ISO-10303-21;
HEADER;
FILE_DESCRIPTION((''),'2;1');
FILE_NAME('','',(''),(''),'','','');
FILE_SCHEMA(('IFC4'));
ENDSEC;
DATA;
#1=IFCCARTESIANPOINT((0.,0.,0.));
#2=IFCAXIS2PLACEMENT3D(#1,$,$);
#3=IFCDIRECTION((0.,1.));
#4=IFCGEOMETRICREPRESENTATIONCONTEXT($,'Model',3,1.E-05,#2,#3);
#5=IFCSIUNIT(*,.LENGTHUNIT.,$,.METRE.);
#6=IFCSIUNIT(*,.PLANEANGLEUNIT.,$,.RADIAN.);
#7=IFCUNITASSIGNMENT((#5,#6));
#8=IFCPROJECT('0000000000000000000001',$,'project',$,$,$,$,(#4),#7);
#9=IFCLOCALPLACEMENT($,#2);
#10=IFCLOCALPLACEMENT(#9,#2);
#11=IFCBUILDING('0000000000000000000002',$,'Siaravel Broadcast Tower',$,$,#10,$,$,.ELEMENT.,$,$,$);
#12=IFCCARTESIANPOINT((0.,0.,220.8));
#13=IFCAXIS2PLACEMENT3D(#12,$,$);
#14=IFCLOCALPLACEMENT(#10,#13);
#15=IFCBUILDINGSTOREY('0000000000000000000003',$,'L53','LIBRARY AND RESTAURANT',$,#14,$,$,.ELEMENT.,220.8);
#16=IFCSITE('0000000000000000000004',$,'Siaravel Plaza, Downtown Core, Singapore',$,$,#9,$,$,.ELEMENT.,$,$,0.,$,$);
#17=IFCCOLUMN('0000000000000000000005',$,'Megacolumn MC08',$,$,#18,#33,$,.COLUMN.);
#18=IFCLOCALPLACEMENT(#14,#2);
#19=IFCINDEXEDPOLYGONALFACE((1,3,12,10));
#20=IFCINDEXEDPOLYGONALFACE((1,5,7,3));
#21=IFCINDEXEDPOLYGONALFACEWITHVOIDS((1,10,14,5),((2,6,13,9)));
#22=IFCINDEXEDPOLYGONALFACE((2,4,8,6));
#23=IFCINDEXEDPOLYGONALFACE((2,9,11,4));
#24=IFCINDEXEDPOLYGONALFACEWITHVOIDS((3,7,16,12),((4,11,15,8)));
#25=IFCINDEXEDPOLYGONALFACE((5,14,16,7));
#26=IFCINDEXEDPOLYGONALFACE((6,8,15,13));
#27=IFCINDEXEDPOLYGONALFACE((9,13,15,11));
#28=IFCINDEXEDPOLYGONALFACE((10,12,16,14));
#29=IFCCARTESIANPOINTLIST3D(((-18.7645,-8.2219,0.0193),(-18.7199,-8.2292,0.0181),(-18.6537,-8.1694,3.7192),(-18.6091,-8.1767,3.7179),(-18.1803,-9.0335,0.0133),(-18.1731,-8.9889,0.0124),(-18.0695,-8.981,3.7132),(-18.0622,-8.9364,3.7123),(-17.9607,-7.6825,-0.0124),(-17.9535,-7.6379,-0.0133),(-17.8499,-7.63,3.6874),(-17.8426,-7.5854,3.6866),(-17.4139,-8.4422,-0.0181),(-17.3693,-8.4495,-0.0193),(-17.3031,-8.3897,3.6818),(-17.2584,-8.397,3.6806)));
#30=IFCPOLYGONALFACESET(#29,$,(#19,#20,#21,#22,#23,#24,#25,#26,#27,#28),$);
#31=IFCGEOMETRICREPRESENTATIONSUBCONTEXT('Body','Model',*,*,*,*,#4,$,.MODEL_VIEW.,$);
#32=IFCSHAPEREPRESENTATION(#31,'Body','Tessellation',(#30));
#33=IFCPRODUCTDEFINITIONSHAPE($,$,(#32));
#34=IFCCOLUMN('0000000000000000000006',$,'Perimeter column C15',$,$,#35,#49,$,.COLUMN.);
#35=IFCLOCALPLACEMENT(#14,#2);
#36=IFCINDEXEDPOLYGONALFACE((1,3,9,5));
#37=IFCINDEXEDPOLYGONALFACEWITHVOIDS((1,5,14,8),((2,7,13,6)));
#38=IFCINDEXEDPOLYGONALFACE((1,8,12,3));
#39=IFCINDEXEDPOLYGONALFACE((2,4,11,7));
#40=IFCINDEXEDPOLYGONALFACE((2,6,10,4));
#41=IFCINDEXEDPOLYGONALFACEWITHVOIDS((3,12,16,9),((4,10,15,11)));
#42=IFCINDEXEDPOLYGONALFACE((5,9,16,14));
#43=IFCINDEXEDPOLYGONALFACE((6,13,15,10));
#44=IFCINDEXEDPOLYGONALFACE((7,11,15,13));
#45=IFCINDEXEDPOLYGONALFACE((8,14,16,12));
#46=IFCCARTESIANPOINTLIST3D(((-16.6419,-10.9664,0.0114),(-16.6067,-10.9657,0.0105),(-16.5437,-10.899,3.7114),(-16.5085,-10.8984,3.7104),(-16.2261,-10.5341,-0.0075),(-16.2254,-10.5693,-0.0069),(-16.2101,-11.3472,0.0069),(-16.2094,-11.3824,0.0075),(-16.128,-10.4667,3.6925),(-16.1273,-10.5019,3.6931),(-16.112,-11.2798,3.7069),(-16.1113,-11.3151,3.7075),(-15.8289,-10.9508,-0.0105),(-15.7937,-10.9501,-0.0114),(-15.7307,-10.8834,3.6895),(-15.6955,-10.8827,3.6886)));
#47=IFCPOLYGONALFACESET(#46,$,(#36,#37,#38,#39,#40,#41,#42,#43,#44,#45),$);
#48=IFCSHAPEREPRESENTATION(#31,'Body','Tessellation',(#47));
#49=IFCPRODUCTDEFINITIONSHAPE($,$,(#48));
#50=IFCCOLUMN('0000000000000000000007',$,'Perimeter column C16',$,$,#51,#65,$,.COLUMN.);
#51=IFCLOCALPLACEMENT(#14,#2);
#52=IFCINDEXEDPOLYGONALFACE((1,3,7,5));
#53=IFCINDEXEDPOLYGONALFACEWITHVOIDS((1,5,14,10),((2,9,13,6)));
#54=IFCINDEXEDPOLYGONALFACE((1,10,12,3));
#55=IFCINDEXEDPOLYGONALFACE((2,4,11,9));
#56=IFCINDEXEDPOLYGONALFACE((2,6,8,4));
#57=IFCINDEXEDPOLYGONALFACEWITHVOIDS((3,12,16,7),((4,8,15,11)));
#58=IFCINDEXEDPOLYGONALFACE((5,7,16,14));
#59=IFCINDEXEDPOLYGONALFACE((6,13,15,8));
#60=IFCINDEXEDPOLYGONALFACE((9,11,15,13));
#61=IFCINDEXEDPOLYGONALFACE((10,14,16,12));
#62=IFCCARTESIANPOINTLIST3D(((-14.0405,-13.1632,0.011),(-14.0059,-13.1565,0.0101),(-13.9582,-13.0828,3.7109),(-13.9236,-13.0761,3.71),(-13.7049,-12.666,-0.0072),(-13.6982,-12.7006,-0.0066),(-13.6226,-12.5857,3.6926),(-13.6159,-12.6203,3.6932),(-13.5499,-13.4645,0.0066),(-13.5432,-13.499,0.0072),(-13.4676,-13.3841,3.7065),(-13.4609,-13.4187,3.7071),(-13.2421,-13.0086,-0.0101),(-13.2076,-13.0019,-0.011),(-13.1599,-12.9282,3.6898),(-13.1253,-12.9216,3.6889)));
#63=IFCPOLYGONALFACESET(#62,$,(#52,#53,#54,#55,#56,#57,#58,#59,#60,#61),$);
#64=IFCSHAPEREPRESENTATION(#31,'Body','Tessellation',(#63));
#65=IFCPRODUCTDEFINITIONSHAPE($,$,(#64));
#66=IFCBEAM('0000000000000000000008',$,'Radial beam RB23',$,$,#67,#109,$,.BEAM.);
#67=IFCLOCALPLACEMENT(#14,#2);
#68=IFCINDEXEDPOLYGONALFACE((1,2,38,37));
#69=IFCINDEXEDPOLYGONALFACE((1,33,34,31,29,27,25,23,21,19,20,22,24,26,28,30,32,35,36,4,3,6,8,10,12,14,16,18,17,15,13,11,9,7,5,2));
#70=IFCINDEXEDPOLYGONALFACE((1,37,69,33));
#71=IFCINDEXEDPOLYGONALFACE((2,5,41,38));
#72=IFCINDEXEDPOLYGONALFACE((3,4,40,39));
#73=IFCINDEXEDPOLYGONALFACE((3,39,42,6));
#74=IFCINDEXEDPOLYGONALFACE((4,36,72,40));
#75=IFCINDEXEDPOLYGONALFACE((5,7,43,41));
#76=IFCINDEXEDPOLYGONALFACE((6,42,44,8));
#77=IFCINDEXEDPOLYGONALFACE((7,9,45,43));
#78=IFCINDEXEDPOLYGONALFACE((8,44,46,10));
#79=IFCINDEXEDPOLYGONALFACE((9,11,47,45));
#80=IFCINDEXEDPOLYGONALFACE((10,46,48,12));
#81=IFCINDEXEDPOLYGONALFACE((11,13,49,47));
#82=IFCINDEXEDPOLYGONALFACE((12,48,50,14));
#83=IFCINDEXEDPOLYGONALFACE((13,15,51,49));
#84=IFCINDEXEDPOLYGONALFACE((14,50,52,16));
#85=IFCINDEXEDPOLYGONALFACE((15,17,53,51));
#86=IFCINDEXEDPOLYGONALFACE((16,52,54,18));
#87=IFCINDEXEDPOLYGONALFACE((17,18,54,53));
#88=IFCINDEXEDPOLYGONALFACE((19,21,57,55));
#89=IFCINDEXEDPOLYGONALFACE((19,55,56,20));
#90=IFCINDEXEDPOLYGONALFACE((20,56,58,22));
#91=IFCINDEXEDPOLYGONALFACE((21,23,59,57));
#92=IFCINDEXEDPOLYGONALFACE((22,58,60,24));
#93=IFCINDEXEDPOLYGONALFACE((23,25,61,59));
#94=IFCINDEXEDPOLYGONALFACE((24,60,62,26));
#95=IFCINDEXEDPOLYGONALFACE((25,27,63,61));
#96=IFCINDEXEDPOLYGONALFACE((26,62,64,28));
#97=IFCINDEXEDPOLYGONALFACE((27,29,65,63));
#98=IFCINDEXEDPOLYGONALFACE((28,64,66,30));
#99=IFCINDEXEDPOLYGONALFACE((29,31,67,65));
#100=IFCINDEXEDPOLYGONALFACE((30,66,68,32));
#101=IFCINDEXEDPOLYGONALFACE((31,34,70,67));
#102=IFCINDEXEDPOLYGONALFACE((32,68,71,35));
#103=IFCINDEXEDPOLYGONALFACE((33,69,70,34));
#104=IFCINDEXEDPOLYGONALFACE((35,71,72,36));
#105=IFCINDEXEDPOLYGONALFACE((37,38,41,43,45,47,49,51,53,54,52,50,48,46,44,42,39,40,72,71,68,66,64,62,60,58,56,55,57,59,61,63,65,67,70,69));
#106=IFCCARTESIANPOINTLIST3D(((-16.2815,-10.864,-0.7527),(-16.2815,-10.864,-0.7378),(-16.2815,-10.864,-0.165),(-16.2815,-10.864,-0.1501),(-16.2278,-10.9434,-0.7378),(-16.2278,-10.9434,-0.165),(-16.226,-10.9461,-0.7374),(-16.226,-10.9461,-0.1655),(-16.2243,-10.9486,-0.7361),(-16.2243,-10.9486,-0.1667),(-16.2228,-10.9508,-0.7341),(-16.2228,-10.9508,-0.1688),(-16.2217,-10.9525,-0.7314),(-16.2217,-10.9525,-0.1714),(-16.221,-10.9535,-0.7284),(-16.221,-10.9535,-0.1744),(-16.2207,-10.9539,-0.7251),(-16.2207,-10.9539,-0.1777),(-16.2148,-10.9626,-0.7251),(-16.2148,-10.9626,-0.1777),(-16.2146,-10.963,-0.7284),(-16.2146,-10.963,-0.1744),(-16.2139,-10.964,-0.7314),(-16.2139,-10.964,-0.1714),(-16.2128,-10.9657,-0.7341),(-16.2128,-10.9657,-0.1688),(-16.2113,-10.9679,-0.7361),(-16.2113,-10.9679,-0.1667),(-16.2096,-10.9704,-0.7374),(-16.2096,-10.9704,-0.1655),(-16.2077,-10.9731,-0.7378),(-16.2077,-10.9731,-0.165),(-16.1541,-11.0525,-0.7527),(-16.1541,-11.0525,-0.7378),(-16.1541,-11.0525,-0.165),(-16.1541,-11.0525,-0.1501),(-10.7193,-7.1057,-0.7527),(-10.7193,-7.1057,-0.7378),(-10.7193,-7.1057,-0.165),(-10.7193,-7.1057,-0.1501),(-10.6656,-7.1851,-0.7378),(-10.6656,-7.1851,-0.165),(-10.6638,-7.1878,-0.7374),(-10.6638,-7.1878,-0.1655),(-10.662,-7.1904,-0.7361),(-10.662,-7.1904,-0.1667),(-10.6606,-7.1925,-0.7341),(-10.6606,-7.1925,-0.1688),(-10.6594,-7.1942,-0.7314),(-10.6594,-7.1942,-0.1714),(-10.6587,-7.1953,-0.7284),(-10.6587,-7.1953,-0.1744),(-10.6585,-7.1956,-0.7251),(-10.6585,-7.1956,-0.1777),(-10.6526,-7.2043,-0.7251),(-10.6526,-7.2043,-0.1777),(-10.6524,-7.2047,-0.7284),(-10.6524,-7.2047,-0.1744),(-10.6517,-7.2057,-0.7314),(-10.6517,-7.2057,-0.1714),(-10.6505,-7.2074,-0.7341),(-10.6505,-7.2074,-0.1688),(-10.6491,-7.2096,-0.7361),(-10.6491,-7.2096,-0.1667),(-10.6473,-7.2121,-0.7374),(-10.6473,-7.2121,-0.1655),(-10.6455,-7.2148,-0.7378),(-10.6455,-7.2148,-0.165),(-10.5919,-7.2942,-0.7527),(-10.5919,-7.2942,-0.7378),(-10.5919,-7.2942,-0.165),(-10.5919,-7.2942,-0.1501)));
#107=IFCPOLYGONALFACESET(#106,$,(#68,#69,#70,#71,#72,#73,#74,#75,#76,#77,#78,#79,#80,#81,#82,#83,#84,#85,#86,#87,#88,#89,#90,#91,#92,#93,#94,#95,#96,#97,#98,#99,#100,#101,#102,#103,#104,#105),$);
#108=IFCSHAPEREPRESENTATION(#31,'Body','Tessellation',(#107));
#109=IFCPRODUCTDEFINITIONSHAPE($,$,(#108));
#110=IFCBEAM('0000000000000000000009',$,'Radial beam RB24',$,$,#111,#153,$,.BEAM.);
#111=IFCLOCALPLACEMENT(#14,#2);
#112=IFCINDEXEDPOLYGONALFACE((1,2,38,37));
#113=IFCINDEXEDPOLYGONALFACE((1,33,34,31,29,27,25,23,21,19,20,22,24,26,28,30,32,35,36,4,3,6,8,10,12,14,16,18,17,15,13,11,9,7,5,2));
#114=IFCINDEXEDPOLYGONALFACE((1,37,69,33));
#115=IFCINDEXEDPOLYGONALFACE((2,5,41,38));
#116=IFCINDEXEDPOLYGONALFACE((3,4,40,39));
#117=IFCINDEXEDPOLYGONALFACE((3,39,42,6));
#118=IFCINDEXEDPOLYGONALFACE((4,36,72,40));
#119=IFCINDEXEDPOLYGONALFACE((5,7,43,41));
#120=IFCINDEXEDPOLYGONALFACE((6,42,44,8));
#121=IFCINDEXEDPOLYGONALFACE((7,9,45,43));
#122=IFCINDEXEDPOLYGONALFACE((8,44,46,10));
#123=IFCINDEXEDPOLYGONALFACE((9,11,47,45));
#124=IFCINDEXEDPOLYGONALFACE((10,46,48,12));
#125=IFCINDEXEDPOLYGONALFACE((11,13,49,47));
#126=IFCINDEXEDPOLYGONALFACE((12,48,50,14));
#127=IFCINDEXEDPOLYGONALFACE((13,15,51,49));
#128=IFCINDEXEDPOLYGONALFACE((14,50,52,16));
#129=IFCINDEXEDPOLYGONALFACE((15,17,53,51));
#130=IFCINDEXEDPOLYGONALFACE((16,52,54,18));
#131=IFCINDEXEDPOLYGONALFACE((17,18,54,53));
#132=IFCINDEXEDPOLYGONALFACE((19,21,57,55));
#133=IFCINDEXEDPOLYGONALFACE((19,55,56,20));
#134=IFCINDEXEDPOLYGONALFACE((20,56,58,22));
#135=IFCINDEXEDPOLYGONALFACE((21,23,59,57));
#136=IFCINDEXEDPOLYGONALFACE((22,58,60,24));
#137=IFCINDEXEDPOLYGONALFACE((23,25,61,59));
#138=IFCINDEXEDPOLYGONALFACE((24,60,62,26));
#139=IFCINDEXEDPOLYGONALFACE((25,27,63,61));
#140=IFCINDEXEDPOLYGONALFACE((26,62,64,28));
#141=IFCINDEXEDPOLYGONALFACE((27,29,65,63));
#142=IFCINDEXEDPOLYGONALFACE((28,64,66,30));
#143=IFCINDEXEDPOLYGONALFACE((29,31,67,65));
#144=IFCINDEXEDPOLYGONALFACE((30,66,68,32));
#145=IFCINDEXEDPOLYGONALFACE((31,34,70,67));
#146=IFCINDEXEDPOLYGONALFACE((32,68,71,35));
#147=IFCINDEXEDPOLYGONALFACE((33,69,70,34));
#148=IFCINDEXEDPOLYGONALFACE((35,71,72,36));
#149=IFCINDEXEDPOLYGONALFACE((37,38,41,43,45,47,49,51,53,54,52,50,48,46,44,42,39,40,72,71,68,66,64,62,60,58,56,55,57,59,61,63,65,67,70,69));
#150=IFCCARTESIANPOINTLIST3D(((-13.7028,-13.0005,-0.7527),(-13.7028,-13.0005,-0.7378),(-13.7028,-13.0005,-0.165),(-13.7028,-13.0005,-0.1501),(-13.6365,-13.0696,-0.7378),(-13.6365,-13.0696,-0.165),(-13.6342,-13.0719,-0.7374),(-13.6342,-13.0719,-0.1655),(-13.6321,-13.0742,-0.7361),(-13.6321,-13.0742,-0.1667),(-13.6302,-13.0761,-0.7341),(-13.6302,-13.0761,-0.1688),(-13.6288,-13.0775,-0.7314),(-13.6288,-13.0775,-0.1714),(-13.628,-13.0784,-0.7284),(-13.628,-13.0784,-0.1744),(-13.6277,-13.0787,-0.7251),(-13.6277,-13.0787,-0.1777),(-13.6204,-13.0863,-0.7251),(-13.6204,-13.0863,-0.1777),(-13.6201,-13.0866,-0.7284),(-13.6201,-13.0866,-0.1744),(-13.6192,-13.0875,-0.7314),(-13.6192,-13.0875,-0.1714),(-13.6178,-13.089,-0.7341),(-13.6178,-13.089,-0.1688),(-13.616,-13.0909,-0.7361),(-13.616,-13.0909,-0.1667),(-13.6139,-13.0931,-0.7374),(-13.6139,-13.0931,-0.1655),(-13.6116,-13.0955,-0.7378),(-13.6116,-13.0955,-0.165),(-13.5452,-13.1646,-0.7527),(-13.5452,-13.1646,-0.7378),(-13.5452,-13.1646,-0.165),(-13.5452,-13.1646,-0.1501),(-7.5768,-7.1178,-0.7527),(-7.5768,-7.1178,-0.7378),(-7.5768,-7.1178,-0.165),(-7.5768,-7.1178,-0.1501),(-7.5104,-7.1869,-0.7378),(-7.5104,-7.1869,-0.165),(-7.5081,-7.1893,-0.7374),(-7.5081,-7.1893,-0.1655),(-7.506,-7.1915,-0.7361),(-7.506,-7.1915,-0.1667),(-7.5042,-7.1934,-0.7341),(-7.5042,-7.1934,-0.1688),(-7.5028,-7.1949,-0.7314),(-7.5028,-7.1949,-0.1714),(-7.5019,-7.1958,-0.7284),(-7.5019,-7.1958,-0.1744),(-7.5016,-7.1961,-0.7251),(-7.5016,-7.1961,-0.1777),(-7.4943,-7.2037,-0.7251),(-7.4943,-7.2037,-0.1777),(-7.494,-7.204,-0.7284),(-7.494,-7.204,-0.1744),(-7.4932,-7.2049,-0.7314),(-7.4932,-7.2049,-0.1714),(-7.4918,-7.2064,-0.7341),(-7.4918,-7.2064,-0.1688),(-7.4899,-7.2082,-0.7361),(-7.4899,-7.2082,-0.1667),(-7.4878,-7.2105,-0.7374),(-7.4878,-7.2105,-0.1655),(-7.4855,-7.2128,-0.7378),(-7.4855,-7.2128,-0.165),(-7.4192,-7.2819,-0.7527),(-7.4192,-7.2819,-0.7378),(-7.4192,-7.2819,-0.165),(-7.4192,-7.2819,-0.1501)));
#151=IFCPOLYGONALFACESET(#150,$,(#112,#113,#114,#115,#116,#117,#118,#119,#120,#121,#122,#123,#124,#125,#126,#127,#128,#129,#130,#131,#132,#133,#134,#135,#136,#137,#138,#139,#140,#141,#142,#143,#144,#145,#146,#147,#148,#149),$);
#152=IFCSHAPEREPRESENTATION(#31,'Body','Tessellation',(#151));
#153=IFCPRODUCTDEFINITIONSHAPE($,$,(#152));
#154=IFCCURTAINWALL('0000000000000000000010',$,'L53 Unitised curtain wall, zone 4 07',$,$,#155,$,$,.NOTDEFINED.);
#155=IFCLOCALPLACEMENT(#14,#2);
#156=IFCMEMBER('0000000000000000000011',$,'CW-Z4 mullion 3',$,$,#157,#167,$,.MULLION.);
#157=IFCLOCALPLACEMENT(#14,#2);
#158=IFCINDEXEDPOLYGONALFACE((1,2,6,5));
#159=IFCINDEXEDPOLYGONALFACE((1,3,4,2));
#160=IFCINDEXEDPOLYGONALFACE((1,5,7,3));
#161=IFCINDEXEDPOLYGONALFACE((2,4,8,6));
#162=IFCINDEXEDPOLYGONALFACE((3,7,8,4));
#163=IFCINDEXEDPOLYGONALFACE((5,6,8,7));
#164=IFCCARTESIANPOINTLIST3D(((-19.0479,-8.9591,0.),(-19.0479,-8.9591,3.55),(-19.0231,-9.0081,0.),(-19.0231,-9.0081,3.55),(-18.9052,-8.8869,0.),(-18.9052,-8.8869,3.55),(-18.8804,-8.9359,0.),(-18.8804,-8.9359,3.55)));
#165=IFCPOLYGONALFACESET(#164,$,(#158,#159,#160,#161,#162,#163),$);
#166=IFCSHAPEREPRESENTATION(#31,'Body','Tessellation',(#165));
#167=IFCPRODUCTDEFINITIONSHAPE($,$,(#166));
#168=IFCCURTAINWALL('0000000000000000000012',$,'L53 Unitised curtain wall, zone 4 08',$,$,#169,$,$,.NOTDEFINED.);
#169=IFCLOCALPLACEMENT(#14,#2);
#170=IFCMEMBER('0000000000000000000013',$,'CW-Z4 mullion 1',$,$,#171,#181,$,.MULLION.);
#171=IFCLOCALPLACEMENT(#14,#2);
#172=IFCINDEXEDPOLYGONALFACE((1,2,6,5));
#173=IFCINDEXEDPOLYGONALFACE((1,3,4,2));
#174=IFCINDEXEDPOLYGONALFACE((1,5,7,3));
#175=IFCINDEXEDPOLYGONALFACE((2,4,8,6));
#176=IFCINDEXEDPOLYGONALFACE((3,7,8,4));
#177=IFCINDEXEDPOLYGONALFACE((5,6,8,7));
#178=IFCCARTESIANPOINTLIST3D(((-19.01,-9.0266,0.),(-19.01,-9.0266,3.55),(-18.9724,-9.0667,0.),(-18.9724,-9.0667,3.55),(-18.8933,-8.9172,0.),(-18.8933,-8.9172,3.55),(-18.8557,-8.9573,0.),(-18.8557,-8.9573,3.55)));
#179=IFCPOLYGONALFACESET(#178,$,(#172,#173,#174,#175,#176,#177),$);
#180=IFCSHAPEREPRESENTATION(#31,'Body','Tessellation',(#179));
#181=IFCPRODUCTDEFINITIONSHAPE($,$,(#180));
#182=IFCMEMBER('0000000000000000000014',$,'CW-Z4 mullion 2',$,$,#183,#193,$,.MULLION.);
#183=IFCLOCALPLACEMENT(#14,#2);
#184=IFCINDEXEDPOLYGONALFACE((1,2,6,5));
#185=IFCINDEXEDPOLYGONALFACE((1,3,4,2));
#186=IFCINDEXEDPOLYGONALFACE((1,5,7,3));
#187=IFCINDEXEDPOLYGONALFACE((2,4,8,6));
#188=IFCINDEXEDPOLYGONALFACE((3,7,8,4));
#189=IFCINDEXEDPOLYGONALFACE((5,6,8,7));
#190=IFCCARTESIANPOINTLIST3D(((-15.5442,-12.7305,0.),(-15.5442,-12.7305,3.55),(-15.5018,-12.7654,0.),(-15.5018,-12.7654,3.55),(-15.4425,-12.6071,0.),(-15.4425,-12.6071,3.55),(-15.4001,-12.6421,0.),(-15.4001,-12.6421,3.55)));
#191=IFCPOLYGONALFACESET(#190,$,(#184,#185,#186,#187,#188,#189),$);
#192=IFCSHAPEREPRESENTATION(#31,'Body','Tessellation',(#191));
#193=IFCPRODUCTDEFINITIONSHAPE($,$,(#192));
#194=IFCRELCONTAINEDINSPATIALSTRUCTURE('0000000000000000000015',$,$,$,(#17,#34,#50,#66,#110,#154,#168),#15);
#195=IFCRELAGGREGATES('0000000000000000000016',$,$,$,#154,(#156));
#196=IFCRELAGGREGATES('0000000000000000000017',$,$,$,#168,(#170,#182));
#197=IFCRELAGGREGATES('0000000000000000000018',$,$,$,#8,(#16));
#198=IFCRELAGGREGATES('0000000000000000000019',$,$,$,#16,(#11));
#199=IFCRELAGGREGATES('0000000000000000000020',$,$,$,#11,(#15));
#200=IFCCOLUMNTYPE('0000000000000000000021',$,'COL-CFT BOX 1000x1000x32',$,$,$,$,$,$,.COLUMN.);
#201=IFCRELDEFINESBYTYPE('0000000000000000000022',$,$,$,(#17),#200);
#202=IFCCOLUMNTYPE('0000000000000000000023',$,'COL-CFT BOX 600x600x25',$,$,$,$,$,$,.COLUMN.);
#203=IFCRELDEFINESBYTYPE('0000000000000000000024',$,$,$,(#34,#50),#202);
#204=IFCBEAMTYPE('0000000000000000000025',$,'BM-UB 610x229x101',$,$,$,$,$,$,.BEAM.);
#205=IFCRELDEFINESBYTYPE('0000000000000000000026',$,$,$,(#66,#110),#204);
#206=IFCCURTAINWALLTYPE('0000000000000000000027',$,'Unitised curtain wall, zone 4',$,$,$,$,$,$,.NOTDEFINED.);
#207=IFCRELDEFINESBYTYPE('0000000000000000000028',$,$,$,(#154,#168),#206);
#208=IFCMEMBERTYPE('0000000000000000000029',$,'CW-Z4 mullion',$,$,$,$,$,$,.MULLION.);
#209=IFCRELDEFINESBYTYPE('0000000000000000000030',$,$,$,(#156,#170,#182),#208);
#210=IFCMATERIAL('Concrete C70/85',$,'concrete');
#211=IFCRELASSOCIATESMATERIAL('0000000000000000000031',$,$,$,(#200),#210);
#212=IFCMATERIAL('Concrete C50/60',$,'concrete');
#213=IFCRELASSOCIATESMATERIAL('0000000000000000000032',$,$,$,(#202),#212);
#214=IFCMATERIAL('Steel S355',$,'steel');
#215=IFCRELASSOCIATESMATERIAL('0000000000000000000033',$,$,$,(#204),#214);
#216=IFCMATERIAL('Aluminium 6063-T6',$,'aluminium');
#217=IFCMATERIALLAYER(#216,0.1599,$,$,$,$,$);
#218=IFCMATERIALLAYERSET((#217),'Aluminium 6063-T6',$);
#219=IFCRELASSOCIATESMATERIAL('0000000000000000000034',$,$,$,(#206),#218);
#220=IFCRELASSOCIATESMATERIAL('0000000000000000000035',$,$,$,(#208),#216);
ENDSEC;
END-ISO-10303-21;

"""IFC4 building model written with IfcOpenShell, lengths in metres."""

from ifc_helpers import new_model, si_unit, direction, frame, origin, origin_2d, place, context, subcontext, project, spatial, rectangle, hollow_rectangle, i_section, extrude, material, layer, layer_set, material_profile, profile_set, type_object, element, aggregate, save


model = new_model("IFC4")

# Units and contexts
model_context = context("Model", 3, precision=1e-05, world=origin(), true_north=direction((0.0, 1.0)))
body_context = subcontext(model_context, "Body", "Model", "MODEL_VIEW")
ifc_project = project(units=[si_unit("LENGTHUNIT", "METRE"), si_unit("PLANEANGLEUNIT", "RADIAN")], contexts=[model_context])

# Site, building, storey
site_placement = place(None, origin())
site = spatial("IfcSite", under=ifc_project, at=site_placement, Name="Siaravel Plaza, Downtown Core, Singapore", CompositionType="ELEMENT", RefElevation=0.0)
building_placement = place(site_placement, origin())
building = spatial("IfcBuilding", under=site, at=building_placement, Name="Siaravel Broadcast Tower", CompositionType="ELEMENT")
storey_placement = place(building_placement, frame((0.0, 0.0, 220.8)))
storey = spatial("IfcBuildingStorey", under=building, at=storey_placement, Name="L53", Description="LIBRARY AND RESTAURANT", CompositionType="ELEMENT", Elevation=220.8)

# Columns
ifc_material_1 = material(Name="Concrete C70/85", Category="concrete")
ifc_material_profile_1 = material_profile(ifc_material_1, hollow_rectangle(XDim=1.0, YDim=1.0, WallThickness=0.032, at=origin_2d()))
ifc_profile_set_1 = profile_set([ifc_material_profile_1], Name="Concrete C70/85")
column_type_1 = type_object("IfcColumnType", Name="COL-CFT BOX 1000x1000x32", PredefinedType="COLUMN", material=ifc_profile_set_1)
column_1_placement = place(storey_placement, frame((-18.0669, -8.3357, 0.0), z_axis=(0.029941, 0.014179, 0.999451), x_axis=(-0.584185, 0.811599, 0.005987)))
element("IfcColumn", 1, at=column_1_placement, inside=storey, type_object=column_type_1, Name="Megacolumn MC08", PredefinedType="COLUMN", context=body_context, shape_type="SweptSolid", body=[
    extrude(hollow_rectangle(XDim=1.0, YDim=1.0, WallThickness=0.032, at=origin_2d()), origin(), (0.0, 0.0, 1.0), 3.7019),
])
ifc_material_2 = material(Name="Concrete C50/60", Category="concrete")
ifc_material_profile_2 = material_profile(ifc_material_2, hollow_rectangle(XDim=0.6001, YDim=0.6001, WallThickness=0.0249, at=origin_2d()))
ifc_profile_set_2 = profile_set([ifc_material_profile_2], Name="Concrete C50/60")
column_type_2 = type_object("IfcColumnType", Name="COL-CFT BOX 600x600x25", PredefinedType="COLUMN", material=ifc_profile_set_2)
column_2_placement = place(storey_placement, frame((-16.2178, -10.9583, 0.0), z_axis=(0.026512, 0.018202, 0.999483), x_axis=(-0.720661, 0.693257, 0.006491)))
element("IfcColumn", 2, at=column_2_placement, inside=storey, type_object=column_type_2, Name="Perimeter column C15", PredefinedType="COLUMN", context=body_context, shape_type="SweptSolid", body=[
    extrude(hollow_rectangle(XDim=0.6001, YDim=0.6001, WallThickness=0.0249, at=origin_2d()), origin(), (0.0, 0.0, 1.0), 3.7019),
])
column_3_placement = place(storey_placement, frame((-13.624, -13.0825, 0.0), z_axis=(0.022226, 0.021699, 0.999517), x_axis=(-0.828692, 0.559669, 0.006278)))
element("IfcColumn", 3, at=column_3_placement, inside=storey, type_object=column_type_2, Name="Perimeter column C16", PredefinedType="COLUMN", context=body_context, shape_type="SweptSolid", body=[
    extrude(hollow_rectangle(XDim=0.6001, YDim=0.6001, WallThickness=0.0249, at=origin_2d()), origin(), (0.0, 0.0, 1.0), 3.7017),
])

# Beams
ifc_material_3 = material(Name="Steel S355", Category="steel")
ifc_material_profile_3 = material_profile(ifc_material_3, i_section(OverallWidth=0.2275, OverallDepth=0.6025, WebThickness=0.0105, FlangeThickness=0.0149, FilletRadius=0.0127, at=origin_2d()))
ifc_profile_set_3 = profile_set([ifc_material_profile_3], Name="Steel S355")
beam_type = type_object("IfcBeamType", Name="BM-UB 610x229x101", PredefinedType="BEAM", material=ifc_profile_set_3)
beam_1_placement = place(storey_placement, frame((-16.2178, -10.9583, -0.4514), z_axis=(0.828588, 0.559859, 0.0), x_axis=(-0.559859, 0.828588, 0.0)))
element("IfcBeam", 4, at=beam_1_placement, inside=storey, type_object=beam_type, Name="Radial beam RB23", PredefinedType="BEAM", context=body_context, shape_type="SweptSolid", body=[
    extrude(i_section(OverallWidth=0.2275, OverallDepth=0.6025, WebThickness=0.0105, FlangeThickness=0.0149, FilletRadius=0.0127, at=origin_2d()), origin(), (0.0, 0.0, 1.0), 6.7129),
])
beam_2_placement = place(storey_placement, frame((-13.624, -13.0825, -0.4514), z_axis=(0.721291, 0.692632, 0.0), x_axis=(-0.692632, 0.721291, 0.0)))
element("IfcBeam", 5, at=beam_2_placement, inside=storey, type_object=beam_type, Name="Radial beam RB24", PredefinedType="BEAM", context=body_context, shape_type="SweptSolid", body=[
    extrude(i_section(OverallWidth=0.2275, OverallDepth=0.6025, WebThickness=0.0105, FlangeThickness=0.0149, FilletRadius=0.0127, at=origin_2d()), origin(), (0.0, 0.0, 1.0), 8.4932),
])

# Curtain wall, member
ifc_material_4 = material(Name="Aluminium 6063-T6", Category="aluminium")
ifc_layer_1 = layer(ifc_material_4, 0.1599)
ifc_layer_set_1 = layer_set([ifc_layer_1], Name="Aluminium 6063-T6")
curtain_wall_type = type_object("IfcCurtainWallType", Name="Unitised curtain wall, zone 4", PredefinedType="NOTDEFINED", material=ifc_layer_set_1)
curtain_wall_1_placement = place(storey_placement, origin())
curtain_wall_1 = element("IfcCurtainWall", 6, at=curtain_wall_1_placement, inside=storey, type_object=curtain_wall_type, Name="L53 Unitised curtain wall, zone 4 07", PredefinedType="NOTDEFINED")
ifc_material_profile_4 = material_profile(ifc_material_4, rectangle(XDim=0.1599, YDim=0.0549, at=origin_2d()))
ifc_profile_set_4 = profile_set([ifc_material_profile_4], Name="Aluminium 6063-T6")
member_type_1 = type_object("IfcMemberType", Name="CW-Z4 mullion", PredefinedType="MULLION", material=ifc_profile_set_4)
member_1_placement = place(storey_placement, frame((-18.9641, -8.9475, 0.0), z_axis=(0.0, 0.0, 1.0), x_axis=(0.892393, 0.45126, 0.0)))
member_1 = element("IfcMember", 7, at=member_1_placement, type_object=member_type_1, Name="CW-Z4 mullion 3", PredefinedType="MULLION", context=body_context, shape_type="SweptSolid", body=[
    extrude(rectangle(XDim=0.1599, YDim=0.0549, at=origin_2d()), origin(), (0.0, 0.0, 1.0), 3.55),
])
aggregate(curtain_wall_1, [member_1])

# Curtain wall, members
curtain_wall_2_placement = place(storey_placement, origin())
curtain_wall_2 = element("IfcCurtainWall", 8, at=curtain_wall_2_placement, inside=storey, type_object=curtain_wall_type, Name="L53 Unitised curtain wall, zone 4 08", PredefinedType="NOTDEFINED")
member_2_placement = place(storey_placement, frame((-18.9329, -8.9919, 0.0), z_axis=(0.0, 0.0, 1.0), x_axis=(0.729806, 0.683654, 0.0)))
member_2 = element("IfcMember", 9, at=member_2_placement, type_object=member_type_1, Name="CW-Z4 mullion 1", PredefinedType="MULLION", context=body_context, shape_type="SweptSolid", body=[
    extrude(rectangle(XDim=0.1599, YDim=0.0549, at=origin_2d()), origin(), (0.0, 0.0, 1.0), 3.55),
])
member_3_placement = place(storey_placement, frame((-15.4722, -12.6863, 0.0), z_axis=(0.0, 0.0, 1.0), x_axis=(0.63622, 0.771508, 0.0)))
member_3 = element("IfcMember", 10, at=member_3_placement, type_object=member_type_1, Name="CW-Z4 mullion 2", PredefinedType="MULLION", context=body_context, shape_type="SweptSolid", body=[
    extrude(rectangle(XDim=0.1599, YDim=0.0549, at=origin_2d()), origin(), (0.0, 0.0, 1.0), 3.55),
])
aggregate(curtain_wall_2, [member_2, member_3])

save(model, "model.ifc")
